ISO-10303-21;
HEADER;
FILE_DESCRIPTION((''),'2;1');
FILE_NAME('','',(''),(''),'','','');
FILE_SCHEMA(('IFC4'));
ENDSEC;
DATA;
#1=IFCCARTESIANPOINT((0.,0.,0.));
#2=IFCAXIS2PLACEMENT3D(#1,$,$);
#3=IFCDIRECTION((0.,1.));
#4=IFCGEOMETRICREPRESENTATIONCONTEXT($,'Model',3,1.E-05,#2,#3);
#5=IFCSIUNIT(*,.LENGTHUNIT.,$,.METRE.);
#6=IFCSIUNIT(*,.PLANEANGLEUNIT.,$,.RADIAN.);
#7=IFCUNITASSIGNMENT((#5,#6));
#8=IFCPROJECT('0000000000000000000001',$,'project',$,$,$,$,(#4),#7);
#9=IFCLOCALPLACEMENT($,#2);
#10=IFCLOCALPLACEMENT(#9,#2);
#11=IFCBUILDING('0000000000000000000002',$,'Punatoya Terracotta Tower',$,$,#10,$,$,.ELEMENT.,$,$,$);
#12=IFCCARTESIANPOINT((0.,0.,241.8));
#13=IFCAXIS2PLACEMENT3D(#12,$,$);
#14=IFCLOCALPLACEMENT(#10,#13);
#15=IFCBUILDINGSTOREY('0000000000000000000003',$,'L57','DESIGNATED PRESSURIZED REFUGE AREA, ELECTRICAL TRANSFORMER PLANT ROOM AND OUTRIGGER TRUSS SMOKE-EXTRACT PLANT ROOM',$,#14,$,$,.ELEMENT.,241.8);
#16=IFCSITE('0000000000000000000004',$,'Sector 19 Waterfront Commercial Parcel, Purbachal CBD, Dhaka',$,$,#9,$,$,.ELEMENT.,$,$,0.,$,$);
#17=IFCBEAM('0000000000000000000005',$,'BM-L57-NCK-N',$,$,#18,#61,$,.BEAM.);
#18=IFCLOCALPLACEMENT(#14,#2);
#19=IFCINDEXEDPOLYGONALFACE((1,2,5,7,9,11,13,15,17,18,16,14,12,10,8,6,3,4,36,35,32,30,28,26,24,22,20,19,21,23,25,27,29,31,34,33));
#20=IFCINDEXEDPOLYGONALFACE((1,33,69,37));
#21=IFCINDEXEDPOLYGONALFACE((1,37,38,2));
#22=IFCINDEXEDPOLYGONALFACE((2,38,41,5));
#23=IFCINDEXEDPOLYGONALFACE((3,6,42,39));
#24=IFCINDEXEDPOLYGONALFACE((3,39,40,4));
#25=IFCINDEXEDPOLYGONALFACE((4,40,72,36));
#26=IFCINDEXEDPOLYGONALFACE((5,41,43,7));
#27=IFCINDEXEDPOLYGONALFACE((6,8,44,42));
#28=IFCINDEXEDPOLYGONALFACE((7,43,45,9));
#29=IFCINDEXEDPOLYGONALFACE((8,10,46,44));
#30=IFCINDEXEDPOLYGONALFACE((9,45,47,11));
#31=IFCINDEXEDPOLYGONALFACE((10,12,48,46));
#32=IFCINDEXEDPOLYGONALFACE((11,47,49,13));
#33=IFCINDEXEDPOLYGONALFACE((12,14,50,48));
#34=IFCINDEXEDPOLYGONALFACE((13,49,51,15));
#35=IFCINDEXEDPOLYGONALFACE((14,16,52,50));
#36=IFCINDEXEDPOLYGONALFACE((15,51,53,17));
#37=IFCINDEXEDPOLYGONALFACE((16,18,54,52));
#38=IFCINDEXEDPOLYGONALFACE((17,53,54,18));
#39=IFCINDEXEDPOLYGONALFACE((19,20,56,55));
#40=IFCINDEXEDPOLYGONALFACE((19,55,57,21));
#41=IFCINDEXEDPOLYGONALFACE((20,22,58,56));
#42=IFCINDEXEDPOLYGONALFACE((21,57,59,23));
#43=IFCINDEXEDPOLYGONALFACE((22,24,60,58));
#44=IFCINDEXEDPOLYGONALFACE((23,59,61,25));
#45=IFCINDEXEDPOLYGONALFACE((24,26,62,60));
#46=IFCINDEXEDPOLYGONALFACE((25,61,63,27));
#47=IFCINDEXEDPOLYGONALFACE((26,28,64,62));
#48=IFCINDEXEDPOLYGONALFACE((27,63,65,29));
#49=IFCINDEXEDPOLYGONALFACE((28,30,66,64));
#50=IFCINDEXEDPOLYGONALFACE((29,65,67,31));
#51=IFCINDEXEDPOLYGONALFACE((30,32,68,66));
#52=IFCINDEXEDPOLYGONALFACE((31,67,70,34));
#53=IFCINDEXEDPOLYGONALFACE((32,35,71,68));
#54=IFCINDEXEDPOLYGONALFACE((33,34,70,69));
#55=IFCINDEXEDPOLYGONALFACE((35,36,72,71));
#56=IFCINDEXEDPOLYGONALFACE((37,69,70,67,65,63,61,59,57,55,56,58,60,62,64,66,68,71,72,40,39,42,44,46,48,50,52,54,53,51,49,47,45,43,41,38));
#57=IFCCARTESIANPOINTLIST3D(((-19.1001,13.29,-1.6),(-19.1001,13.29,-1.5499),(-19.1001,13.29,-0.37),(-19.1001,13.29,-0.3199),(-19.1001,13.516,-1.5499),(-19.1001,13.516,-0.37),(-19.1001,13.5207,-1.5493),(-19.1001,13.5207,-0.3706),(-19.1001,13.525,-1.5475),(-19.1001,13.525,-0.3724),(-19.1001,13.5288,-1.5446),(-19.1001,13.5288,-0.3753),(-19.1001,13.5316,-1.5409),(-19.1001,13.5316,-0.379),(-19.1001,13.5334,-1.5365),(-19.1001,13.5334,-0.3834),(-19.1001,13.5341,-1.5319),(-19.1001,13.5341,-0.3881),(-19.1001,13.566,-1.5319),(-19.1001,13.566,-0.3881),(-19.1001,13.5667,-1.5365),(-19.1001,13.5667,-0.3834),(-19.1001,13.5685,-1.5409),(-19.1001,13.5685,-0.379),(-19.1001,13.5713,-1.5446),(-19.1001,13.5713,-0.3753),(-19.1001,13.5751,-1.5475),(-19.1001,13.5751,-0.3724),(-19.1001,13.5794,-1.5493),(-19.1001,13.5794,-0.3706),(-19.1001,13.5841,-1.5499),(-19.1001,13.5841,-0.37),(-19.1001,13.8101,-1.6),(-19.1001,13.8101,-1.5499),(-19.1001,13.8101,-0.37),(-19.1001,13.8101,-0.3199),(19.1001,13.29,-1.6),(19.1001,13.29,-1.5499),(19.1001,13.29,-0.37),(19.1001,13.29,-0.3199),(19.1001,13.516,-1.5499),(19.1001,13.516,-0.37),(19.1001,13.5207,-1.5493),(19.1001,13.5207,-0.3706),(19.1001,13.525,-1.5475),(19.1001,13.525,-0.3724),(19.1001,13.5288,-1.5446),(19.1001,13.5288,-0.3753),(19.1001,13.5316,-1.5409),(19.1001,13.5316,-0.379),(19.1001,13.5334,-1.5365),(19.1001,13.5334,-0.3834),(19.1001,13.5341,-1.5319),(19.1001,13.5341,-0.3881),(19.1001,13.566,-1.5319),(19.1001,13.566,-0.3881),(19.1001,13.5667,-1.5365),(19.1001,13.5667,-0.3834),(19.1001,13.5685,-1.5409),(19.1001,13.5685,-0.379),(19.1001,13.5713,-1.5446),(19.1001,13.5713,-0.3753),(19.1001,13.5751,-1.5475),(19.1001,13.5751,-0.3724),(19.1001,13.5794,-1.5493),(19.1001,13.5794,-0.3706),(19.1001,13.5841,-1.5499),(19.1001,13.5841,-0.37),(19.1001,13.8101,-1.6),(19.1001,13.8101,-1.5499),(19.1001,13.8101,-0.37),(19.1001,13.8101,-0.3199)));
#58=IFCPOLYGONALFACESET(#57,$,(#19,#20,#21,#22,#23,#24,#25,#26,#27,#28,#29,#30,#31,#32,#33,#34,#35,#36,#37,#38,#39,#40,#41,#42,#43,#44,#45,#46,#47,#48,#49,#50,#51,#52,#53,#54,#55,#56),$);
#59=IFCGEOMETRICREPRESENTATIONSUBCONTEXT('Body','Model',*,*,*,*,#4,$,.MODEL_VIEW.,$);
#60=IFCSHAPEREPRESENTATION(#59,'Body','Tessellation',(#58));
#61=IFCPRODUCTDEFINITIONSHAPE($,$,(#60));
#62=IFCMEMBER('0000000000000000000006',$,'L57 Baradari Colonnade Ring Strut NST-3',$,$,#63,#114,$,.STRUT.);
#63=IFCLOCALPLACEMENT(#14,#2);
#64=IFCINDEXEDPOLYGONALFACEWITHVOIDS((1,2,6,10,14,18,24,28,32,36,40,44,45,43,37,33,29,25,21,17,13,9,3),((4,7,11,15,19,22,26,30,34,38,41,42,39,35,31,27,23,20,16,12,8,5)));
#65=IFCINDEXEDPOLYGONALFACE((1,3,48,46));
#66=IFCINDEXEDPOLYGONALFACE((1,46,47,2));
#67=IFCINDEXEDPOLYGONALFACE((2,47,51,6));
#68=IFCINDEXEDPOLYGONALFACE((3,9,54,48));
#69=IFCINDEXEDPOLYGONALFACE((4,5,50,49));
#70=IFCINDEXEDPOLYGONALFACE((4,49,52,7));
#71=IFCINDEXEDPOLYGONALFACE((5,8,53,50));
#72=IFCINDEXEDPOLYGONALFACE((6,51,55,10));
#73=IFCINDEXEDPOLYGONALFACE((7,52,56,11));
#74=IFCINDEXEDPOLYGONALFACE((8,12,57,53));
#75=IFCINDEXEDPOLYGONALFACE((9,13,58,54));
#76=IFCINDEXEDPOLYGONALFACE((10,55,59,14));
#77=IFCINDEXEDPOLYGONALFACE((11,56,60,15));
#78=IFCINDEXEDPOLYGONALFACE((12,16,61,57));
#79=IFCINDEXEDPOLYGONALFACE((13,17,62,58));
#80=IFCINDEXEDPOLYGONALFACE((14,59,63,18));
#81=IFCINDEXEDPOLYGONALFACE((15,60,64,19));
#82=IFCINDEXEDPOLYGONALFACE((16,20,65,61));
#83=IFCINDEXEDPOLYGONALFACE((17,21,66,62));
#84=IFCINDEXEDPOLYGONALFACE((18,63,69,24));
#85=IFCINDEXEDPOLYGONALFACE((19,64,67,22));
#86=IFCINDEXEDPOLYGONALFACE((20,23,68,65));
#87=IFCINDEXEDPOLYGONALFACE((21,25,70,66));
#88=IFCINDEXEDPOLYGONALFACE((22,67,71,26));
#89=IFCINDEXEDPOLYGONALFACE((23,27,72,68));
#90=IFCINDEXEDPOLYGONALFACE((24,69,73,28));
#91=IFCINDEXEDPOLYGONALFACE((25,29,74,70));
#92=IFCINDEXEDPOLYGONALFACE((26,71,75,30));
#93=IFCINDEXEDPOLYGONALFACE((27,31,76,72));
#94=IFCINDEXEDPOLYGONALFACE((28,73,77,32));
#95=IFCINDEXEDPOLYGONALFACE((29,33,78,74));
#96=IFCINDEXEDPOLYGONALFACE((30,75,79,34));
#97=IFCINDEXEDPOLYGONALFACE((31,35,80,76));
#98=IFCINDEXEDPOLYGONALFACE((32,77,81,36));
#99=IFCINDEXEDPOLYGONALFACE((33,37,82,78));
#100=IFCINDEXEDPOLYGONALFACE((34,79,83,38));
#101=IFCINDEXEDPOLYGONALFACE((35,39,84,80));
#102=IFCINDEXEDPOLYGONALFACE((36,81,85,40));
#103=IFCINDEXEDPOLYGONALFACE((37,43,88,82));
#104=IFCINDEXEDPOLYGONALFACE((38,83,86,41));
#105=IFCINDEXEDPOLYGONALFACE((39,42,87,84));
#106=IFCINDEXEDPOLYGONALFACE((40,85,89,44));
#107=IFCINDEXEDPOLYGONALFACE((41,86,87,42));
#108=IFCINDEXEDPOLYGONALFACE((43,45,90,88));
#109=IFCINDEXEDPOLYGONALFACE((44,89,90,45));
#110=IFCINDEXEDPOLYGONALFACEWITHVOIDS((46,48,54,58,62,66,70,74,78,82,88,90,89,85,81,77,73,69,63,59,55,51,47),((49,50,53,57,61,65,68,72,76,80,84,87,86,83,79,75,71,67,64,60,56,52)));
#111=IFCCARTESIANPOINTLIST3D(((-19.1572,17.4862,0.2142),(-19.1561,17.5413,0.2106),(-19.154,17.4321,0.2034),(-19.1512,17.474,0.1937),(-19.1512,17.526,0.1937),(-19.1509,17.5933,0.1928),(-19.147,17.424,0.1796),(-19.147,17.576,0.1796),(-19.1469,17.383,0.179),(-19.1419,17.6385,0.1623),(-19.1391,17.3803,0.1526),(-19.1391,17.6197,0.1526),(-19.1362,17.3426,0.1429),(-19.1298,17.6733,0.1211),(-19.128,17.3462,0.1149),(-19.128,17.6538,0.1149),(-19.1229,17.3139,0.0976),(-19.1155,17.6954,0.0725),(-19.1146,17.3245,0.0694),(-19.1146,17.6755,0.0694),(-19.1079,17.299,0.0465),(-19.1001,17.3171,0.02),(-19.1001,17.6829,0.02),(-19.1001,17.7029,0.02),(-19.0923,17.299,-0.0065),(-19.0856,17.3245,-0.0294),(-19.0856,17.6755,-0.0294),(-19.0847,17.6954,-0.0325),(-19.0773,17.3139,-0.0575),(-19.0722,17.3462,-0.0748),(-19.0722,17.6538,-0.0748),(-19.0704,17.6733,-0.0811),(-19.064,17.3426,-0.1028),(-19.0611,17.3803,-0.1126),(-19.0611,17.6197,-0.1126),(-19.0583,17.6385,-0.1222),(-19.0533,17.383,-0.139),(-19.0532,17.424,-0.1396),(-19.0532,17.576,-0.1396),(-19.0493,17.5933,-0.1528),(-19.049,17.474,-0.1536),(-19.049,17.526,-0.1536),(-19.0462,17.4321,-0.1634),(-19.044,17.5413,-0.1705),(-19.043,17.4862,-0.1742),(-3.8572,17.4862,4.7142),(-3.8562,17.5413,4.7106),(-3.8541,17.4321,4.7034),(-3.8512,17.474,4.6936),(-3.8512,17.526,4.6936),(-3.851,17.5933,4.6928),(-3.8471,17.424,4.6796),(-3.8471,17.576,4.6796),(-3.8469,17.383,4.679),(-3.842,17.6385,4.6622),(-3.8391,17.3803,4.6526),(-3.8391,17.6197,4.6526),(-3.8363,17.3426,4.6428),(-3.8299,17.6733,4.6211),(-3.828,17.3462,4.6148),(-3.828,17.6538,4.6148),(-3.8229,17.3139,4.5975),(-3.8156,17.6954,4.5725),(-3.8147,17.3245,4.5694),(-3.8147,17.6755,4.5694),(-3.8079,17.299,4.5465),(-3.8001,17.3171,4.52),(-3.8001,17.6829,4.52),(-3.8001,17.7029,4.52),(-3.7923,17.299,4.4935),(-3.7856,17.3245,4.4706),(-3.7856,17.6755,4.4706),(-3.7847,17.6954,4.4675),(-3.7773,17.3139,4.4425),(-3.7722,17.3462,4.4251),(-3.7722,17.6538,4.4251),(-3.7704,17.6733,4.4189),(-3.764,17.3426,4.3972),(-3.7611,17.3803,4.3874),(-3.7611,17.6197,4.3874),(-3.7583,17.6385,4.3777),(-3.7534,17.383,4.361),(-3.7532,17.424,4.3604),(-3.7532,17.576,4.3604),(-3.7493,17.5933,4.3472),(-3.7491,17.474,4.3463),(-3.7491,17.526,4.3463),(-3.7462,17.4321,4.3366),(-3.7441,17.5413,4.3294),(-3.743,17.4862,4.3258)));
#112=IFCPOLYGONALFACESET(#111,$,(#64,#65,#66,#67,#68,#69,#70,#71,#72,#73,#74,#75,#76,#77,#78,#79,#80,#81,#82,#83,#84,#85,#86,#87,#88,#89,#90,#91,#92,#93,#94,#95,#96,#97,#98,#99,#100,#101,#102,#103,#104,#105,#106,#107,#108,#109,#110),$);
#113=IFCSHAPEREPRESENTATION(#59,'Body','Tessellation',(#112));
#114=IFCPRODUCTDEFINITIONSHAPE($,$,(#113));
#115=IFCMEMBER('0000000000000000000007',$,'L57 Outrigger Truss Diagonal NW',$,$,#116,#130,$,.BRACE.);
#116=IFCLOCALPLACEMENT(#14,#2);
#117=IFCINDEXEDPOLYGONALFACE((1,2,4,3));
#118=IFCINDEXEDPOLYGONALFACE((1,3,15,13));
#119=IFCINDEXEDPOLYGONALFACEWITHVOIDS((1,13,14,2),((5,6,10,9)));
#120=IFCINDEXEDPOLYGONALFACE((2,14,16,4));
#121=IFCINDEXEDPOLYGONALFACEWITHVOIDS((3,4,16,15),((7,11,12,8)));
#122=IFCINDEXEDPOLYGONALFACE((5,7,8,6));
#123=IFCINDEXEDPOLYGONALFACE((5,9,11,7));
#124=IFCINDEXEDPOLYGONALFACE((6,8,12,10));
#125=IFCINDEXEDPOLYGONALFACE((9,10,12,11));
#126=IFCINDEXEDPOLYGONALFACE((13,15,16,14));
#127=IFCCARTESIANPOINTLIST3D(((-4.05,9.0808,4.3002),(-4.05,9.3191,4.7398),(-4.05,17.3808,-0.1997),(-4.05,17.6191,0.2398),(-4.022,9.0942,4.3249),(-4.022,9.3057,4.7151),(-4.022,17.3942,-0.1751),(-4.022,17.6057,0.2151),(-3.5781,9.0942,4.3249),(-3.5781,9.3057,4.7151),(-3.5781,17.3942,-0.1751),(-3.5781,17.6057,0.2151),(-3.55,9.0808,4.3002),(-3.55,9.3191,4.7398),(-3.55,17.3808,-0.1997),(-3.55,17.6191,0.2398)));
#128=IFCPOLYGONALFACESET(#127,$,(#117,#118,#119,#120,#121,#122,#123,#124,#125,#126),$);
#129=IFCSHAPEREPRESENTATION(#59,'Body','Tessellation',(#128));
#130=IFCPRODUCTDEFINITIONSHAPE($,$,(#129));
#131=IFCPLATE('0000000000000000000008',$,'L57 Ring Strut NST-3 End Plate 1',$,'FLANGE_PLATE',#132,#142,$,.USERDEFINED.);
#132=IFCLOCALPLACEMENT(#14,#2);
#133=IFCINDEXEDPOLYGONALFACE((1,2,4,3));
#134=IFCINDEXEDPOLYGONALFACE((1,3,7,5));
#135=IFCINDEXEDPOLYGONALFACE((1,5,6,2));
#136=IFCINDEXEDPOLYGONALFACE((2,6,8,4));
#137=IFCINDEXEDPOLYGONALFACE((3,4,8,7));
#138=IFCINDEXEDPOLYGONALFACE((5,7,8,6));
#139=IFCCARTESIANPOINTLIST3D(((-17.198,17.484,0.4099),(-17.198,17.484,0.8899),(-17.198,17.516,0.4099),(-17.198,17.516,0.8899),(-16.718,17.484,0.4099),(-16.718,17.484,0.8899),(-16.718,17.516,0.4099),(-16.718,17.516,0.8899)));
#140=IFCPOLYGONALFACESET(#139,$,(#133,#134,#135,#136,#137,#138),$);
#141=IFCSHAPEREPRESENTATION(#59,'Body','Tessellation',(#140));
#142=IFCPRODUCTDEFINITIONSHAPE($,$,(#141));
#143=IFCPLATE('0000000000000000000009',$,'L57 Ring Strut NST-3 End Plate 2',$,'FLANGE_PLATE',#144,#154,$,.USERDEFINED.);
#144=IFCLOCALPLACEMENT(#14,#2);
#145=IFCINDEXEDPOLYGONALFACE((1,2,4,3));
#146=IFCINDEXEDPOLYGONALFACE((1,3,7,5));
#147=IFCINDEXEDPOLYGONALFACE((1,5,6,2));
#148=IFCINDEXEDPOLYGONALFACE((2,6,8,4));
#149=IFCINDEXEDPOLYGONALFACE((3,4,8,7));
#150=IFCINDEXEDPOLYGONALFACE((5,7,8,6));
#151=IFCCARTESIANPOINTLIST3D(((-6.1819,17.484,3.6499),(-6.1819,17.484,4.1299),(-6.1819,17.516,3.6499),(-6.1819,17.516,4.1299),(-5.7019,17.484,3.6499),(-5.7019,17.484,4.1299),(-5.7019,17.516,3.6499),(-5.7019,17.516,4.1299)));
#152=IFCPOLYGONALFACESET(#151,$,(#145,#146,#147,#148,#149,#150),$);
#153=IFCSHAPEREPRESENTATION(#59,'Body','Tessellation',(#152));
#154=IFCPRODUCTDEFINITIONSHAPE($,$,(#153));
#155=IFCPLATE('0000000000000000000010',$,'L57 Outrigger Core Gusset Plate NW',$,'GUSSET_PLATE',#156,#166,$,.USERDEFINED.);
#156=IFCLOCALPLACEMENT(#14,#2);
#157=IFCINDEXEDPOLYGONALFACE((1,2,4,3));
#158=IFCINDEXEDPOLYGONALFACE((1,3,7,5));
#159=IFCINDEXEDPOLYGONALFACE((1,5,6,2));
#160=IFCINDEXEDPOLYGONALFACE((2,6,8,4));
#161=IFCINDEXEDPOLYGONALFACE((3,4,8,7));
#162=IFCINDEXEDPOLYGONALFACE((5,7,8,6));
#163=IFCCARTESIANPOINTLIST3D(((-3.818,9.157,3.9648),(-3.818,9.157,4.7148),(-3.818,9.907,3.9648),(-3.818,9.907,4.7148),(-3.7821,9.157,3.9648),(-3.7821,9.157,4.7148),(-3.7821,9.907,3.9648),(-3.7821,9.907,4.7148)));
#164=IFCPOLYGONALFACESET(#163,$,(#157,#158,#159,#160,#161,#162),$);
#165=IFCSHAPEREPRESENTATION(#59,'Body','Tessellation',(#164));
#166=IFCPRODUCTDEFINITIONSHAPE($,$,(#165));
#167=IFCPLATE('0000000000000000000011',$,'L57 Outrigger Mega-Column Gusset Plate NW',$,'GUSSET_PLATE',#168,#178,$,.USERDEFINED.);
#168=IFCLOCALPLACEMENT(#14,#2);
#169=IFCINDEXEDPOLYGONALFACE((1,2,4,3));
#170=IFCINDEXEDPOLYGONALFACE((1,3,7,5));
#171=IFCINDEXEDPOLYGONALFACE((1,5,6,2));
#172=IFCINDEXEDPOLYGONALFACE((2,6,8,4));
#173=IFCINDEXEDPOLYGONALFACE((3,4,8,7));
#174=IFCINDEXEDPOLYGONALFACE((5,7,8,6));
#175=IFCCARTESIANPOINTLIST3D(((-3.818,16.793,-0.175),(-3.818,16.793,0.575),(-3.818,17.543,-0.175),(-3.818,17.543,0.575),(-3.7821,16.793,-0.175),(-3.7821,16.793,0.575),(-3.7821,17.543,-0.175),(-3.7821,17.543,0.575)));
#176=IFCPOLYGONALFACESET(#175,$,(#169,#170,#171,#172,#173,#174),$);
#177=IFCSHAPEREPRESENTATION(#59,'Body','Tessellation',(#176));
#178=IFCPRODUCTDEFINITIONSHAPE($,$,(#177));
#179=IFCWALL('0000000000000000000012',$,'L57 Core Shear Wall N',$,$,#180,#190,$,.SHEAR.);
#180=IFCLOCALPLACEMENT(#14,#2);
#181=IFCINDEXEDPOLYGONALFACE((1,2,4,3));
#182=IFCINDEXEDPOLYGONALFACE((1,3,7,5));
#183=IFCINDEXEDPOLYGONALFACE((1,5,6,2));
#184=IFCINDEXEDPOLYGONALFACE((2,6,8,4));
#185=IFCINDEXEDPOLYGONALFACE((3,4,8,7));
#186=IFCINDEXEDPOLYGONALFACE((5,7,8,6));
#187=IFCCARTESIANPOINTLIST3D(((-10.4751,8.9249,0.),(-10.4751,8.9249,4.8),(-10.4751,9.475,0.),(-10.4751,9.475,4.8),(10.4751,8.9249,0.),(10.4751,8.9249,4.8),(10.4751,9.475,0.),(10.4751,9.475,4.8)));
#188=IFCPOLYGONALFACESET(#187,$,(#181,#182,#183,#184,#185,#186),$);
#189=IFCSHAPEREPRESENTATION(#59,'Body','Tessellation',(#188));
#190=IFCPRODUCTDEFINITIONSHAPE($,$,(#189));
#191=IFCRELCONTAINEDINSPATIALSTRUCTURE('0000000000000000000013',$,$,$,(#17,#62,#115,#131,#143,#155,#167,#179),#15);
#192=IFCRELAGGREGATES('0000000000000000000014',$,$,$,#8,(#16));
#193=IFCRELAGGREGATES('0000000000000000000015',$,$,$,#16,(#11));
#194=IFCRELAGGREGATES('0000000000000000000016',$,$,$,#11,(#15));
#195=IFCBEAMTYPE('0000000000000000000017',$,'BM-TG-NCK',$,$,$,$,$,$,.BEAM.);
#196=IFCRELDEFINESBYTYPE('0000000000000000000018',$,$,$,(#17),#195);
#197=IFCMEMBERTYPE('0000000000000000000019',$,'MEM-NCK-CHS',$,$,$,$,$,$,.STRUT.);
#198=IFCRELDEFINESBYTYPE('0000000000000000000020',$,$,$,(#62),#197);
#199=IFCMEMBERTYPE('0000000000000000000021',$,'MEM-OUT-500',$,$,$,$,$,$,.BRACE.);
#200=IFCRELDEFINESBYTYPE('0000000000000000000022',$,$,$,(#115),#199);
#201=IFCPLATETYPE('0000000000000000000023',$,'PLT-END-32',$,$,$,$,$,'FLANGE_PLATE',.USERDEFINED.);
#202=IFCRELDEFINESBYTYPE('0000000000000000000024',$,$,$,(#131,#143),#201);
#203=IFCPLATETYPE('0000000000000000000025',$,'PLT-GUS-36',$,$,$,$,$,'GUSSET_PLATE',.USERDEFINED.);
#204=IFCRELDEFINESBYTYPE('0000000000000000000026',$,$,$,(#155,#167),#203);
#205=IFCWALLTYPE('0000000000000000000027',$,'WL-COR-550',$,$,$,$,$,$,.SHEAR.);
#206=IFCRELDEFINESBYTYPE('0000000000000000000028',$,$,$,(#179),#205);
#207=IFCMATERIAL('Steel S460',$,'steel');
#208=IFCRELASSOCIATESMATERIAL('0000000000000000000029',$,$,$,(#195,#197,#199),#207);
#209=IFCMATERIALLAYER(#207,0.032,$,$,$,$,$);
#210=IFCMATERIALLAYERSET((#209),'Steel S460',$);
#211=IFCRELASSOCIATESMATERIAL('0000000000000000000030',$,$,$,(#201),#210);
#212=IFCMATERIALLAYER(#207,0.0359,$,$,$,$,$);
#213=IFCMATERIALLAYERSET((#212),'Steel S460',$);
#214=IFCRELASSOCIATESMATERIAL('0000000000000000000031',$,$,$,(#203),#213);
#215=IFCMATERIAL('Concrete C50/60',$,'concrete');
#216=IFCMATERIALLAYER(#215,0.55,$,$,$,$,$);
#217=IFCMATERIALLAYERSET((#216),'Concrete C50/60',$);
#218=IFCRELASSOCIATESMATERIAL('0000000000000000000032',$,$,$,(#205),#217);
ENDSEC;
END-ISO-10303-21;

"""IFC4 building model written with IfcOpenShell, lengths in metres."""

from ifc_helpers import new_model, si_unit, direction, frame, frame_2d, origin, origin_2d, place, context, subcontext, project, spatial, rectangle, hollow_rectangle, hollow_circle, i_section, extrude, material, layer, layer_set, material_profile, profile_set, type_object, element, save


model = new_model("IFC4")

# Units and contexts
model_context = context("Model", 3, precision=1e-05, world=origin(), true_north=direction((0.0, 1.0)))
body_context = subcontext(model_context, "Body", "Model", "MODEL_VIEW")
ifc_project = project(units=[si_unit("LENGTHUNIT", "METRE"), si_unit("PLANEANGLEUNIT", "RADIAN")], contexts=[model_context])

# Site, building, storey
site_placement = place(None, origin())
site = spatial("IfcSite", under=ifc_project, at=site_placement, Name="Sector 19 Waterfront Commercial Parcel, Purbachal CBD, Dhaka", CompositionType="ELEMENT", RefElevation=0.0)
building_placement = place(site_placement, origin())
building = spatial("IfcBuilding", under=site, at=building_placement, Name="Punatoya Terracotta Tower", CompositionType="ELEMENT")
storey_placement = place(building_placement, frame((0.0, 0.0, 241.8)))
storey = spatial("IfcBuildingStorey", under=building, at=storey_placement, Name="L57", Description="DESIGNATED PRESSURIZED REFUGE AREA, ELECTRICAL TRANSFORMER PLANT ROOM AND OUTRIGGER TRUSS SMOKE-EXTRACT PLANT ROOM", CompositionType="ELEMENT", Elevation=241.8)

# Shared definitions
ifc_material_1 = material(Name="Steel S460", Category="steel")

# Beam
ifc_material_profile_1 = material_profile(ifc_material_1, i_section(OverallWidth=0.52, OverallDepth=1.28, WebThickness=0.032, FlangeThickness=0.05, FilletRadius=0.0181, at=origin_2d()))
ifc_profile_set_1 = profile_set([ifc_material_profile_1], Name="Steel S460")
beam_type_1 = type_object("IfcBeamType", Name="BM-TG-NCK", PredefinedType="BEAM", material=ifc_profile_set_1)
beam_1_placement = place(storey_placement, frame((-19.1001, 13.55, -0.96), z_axis=(1.0, 0.0, 0.0), x_axis=(0.0, 1.0, 0.0)))
element("IfcBeam", 1, at=beam_1_placement, inside=storey, type_object=beam_type_1, Name="BM-L57-NCK-N", PredefinedType="BEAM", context=body_context, shape_type="SweptSolid", body=[
    extrude(i_section(OverallWidth=0.52, OverallDepth=1.28, WebThickness=0.032, FlangeThickness=0.05, FilletRadius=0.0181, at=origin_2d()), origin(), (0.0, 0.0, 1.0), 38.2002),
])

# Members
ifc_material_profile_2 = material_profile(ifc_material_1, hollow_circle(Radius=0.2029, WallThickness=0.02, at=origin_2d()))
ifc_profile_set_2 = profile_set([ifc_material_profile_2], Name="Steel S460")
member_type_1 = type_object("IfcMemberType", Name="MEM-NCK-CHS", PredefinedType="STRUT", material=ifc_profile_set_2)
member_1_placement = place(storey_placement, frame((-19.1001, 17.5, 0.02), z_axis=(0.959366, 0.0, 0.282165), x_axis=(0.0, 1.0, 0.0)))
element("IfcMember", 2, at=member_1_placement, inside=storey, type_object=member_type_1, Name="L57 Baradari Colonnade Ring Strut NST-3", PredefinedType="STRUT", context=body_context, shape_type="SweptSolid", body=[
    extrude(hollow_circle(Radius=0.2029, WallThickness=0.02, at=origin_2d()), origin(), (0.0, 0.0, 1.0), 15.948),
])
ifc_material_profile_3 = material_profile(ifc_material_1, hollow_rectangle(XDim=0.5, YDim=0.5, WallThickness=0.0281, at=origin_2d()))
ifc_profile_set_3 = profile_set([ifc_material_profile_3], Name="Steel S460")
member_type_2 = type_object("IfcMemberType", Name="MEM-OUT-500", PredefinedType="BRACE", material=ifc_profile_set_3)
member_2_placement = place(storey_placement, frame((-3.8, 9.2, 4.52), z_axis=(0.0, 0.879108, -0.476622), x_axis=(-1.0, 0.0, 0.0)))
element("IfcMember", 3, at=member_2_placement, inside=storey, type_object=member_type_2, Name="L57 Outrigger Truss Diagonal NW", PredefinedType="BRACE", context=body_context, shape_type="SweptSolid", body=[
    extrude(hollow_rectangle(XDim=0.5, YDim=0.5, WallThickness=0.0281, at=origin_2d()), origin(), (0.0, 0.0, 1.0), 9.4414),
])

# Plates
ifc_layer_1 = layer(ifc_material_1, 0.032)
ifc_layer_set_1 = layer_set([ifc_layer_1], Name="Steel S460")
plate_type_1 = type_object("IfcPlateType", Name="PLT-END-32", ElementType="FLANGE_PLATE", PredefinedType="USERDEFINED", material=ifc_layer_set_1)
for number, where, z_axis, x_axis, name in (
    (4, (-16.958, 17.5, 0.4099), (0.0, 0.0, 1.0), (1.0, 0.0, 0.0), "L57 Ring Strut NST-3 End Plate 1"),
    (5, (-5.9419, 17.5, 3.6499), (0.0, 0.0, 1.0), (1.0, 0.0, 0.0), "L57 Ring Strut NST-3 End Plate 2"),
):
    element("IfcPlate", number, at=place(storey_placement, frame(where, z_axis=z_axis, x_axis=x_axis)), inside=storey, type_object=plate_type_1, Name=name, ObjectType="FLANGE_PLATE", PredefinedType="USERDEFINED", context=body_context, shape_type="SweptSolid", body=[
        extrude(rectangle(XDim=0.48, YDim=0.032, at=origin_2d()), origin(), (0.0, 0.0, 1.0), 0.48),
    ])
ifc_layer_2 = layer(ifc_material_1, 0.0359)
ifc_layer_set_2 = layer_set([ifc_layer_2], Name="Steel S460")
plate_type_2 = type_object("IfcPlateType", Name="PLT-GUS-36", ElementType="GUSSET_PLATE", PredefinedType="USERDEFINED", material=ifc_layer_set_2)
for number, where, z_axis, x_axis, name in (
    (6, (-3.8, 9.532, 3.9648), (0.0, 0.0, 1.0), (0.0, 1.0, 0.0), "L57 Outrigger Core Gusset Plate NW"),
    (7, (-3.8, 17.168, -0.175), (0.0, 0.0, 1.0), (0.0, 1.0, 0.0), "L57 Outrigger Mega-Column Gusset Plate NW"),
):
    element("IfcPlate", number, at=place(storey_placement, frame(where, z_axis=z_axis, x_axis=x_axis)), inside=storey, type_object=plate_type_2, Name=name, ObjectType="GUSSET_PLATE", PredefinedType="USERDEFINED", context=body_context, shape_type="SweptSolid", body=[
        extrude(rectangle(XDim=0.75, YDim=0.0359, at=origin_2d()), origin(), (0.0, 0.0, 1.0), 0.75),
    ])

# Wall
ifc_material_2 = material(Name="Concrete C50/60", Category="concrete")
ifc_layer_3 = layer(ifc_material_2, 0.55)
ifc_layer_set_3 = layer_set([ifc_layer_3], Name="Concrete C50/60")
wall_type_1 = type_object("IfcWallType", Name="WL-COR-550", PredefinedType="SHEAR", material=ifc_layer_set_3)
wall_1_placement = place(storey_placement, frame((-10.4751, 9.2, 0.0), z_axis=(0.0, 0.0, 1.0), x_axis=(1.0, 0.0, 0.0)))
element("IfcWall", 8, at=wall_1_placement, inside=storey, type_object=wall_type_1, Name="L57 Core Shear Wall N", PredefinedType="SHEAR", context=body_context, shape_type="SweptSolid", body=[
    extrude(rectangle(XDim=20.9502, YDim=0.55, at=frame_2d((10.4751, 0.0))), origin(), (0.0, 0.0, 1.0), 4.8),
])

save(model, "model.ifc")
